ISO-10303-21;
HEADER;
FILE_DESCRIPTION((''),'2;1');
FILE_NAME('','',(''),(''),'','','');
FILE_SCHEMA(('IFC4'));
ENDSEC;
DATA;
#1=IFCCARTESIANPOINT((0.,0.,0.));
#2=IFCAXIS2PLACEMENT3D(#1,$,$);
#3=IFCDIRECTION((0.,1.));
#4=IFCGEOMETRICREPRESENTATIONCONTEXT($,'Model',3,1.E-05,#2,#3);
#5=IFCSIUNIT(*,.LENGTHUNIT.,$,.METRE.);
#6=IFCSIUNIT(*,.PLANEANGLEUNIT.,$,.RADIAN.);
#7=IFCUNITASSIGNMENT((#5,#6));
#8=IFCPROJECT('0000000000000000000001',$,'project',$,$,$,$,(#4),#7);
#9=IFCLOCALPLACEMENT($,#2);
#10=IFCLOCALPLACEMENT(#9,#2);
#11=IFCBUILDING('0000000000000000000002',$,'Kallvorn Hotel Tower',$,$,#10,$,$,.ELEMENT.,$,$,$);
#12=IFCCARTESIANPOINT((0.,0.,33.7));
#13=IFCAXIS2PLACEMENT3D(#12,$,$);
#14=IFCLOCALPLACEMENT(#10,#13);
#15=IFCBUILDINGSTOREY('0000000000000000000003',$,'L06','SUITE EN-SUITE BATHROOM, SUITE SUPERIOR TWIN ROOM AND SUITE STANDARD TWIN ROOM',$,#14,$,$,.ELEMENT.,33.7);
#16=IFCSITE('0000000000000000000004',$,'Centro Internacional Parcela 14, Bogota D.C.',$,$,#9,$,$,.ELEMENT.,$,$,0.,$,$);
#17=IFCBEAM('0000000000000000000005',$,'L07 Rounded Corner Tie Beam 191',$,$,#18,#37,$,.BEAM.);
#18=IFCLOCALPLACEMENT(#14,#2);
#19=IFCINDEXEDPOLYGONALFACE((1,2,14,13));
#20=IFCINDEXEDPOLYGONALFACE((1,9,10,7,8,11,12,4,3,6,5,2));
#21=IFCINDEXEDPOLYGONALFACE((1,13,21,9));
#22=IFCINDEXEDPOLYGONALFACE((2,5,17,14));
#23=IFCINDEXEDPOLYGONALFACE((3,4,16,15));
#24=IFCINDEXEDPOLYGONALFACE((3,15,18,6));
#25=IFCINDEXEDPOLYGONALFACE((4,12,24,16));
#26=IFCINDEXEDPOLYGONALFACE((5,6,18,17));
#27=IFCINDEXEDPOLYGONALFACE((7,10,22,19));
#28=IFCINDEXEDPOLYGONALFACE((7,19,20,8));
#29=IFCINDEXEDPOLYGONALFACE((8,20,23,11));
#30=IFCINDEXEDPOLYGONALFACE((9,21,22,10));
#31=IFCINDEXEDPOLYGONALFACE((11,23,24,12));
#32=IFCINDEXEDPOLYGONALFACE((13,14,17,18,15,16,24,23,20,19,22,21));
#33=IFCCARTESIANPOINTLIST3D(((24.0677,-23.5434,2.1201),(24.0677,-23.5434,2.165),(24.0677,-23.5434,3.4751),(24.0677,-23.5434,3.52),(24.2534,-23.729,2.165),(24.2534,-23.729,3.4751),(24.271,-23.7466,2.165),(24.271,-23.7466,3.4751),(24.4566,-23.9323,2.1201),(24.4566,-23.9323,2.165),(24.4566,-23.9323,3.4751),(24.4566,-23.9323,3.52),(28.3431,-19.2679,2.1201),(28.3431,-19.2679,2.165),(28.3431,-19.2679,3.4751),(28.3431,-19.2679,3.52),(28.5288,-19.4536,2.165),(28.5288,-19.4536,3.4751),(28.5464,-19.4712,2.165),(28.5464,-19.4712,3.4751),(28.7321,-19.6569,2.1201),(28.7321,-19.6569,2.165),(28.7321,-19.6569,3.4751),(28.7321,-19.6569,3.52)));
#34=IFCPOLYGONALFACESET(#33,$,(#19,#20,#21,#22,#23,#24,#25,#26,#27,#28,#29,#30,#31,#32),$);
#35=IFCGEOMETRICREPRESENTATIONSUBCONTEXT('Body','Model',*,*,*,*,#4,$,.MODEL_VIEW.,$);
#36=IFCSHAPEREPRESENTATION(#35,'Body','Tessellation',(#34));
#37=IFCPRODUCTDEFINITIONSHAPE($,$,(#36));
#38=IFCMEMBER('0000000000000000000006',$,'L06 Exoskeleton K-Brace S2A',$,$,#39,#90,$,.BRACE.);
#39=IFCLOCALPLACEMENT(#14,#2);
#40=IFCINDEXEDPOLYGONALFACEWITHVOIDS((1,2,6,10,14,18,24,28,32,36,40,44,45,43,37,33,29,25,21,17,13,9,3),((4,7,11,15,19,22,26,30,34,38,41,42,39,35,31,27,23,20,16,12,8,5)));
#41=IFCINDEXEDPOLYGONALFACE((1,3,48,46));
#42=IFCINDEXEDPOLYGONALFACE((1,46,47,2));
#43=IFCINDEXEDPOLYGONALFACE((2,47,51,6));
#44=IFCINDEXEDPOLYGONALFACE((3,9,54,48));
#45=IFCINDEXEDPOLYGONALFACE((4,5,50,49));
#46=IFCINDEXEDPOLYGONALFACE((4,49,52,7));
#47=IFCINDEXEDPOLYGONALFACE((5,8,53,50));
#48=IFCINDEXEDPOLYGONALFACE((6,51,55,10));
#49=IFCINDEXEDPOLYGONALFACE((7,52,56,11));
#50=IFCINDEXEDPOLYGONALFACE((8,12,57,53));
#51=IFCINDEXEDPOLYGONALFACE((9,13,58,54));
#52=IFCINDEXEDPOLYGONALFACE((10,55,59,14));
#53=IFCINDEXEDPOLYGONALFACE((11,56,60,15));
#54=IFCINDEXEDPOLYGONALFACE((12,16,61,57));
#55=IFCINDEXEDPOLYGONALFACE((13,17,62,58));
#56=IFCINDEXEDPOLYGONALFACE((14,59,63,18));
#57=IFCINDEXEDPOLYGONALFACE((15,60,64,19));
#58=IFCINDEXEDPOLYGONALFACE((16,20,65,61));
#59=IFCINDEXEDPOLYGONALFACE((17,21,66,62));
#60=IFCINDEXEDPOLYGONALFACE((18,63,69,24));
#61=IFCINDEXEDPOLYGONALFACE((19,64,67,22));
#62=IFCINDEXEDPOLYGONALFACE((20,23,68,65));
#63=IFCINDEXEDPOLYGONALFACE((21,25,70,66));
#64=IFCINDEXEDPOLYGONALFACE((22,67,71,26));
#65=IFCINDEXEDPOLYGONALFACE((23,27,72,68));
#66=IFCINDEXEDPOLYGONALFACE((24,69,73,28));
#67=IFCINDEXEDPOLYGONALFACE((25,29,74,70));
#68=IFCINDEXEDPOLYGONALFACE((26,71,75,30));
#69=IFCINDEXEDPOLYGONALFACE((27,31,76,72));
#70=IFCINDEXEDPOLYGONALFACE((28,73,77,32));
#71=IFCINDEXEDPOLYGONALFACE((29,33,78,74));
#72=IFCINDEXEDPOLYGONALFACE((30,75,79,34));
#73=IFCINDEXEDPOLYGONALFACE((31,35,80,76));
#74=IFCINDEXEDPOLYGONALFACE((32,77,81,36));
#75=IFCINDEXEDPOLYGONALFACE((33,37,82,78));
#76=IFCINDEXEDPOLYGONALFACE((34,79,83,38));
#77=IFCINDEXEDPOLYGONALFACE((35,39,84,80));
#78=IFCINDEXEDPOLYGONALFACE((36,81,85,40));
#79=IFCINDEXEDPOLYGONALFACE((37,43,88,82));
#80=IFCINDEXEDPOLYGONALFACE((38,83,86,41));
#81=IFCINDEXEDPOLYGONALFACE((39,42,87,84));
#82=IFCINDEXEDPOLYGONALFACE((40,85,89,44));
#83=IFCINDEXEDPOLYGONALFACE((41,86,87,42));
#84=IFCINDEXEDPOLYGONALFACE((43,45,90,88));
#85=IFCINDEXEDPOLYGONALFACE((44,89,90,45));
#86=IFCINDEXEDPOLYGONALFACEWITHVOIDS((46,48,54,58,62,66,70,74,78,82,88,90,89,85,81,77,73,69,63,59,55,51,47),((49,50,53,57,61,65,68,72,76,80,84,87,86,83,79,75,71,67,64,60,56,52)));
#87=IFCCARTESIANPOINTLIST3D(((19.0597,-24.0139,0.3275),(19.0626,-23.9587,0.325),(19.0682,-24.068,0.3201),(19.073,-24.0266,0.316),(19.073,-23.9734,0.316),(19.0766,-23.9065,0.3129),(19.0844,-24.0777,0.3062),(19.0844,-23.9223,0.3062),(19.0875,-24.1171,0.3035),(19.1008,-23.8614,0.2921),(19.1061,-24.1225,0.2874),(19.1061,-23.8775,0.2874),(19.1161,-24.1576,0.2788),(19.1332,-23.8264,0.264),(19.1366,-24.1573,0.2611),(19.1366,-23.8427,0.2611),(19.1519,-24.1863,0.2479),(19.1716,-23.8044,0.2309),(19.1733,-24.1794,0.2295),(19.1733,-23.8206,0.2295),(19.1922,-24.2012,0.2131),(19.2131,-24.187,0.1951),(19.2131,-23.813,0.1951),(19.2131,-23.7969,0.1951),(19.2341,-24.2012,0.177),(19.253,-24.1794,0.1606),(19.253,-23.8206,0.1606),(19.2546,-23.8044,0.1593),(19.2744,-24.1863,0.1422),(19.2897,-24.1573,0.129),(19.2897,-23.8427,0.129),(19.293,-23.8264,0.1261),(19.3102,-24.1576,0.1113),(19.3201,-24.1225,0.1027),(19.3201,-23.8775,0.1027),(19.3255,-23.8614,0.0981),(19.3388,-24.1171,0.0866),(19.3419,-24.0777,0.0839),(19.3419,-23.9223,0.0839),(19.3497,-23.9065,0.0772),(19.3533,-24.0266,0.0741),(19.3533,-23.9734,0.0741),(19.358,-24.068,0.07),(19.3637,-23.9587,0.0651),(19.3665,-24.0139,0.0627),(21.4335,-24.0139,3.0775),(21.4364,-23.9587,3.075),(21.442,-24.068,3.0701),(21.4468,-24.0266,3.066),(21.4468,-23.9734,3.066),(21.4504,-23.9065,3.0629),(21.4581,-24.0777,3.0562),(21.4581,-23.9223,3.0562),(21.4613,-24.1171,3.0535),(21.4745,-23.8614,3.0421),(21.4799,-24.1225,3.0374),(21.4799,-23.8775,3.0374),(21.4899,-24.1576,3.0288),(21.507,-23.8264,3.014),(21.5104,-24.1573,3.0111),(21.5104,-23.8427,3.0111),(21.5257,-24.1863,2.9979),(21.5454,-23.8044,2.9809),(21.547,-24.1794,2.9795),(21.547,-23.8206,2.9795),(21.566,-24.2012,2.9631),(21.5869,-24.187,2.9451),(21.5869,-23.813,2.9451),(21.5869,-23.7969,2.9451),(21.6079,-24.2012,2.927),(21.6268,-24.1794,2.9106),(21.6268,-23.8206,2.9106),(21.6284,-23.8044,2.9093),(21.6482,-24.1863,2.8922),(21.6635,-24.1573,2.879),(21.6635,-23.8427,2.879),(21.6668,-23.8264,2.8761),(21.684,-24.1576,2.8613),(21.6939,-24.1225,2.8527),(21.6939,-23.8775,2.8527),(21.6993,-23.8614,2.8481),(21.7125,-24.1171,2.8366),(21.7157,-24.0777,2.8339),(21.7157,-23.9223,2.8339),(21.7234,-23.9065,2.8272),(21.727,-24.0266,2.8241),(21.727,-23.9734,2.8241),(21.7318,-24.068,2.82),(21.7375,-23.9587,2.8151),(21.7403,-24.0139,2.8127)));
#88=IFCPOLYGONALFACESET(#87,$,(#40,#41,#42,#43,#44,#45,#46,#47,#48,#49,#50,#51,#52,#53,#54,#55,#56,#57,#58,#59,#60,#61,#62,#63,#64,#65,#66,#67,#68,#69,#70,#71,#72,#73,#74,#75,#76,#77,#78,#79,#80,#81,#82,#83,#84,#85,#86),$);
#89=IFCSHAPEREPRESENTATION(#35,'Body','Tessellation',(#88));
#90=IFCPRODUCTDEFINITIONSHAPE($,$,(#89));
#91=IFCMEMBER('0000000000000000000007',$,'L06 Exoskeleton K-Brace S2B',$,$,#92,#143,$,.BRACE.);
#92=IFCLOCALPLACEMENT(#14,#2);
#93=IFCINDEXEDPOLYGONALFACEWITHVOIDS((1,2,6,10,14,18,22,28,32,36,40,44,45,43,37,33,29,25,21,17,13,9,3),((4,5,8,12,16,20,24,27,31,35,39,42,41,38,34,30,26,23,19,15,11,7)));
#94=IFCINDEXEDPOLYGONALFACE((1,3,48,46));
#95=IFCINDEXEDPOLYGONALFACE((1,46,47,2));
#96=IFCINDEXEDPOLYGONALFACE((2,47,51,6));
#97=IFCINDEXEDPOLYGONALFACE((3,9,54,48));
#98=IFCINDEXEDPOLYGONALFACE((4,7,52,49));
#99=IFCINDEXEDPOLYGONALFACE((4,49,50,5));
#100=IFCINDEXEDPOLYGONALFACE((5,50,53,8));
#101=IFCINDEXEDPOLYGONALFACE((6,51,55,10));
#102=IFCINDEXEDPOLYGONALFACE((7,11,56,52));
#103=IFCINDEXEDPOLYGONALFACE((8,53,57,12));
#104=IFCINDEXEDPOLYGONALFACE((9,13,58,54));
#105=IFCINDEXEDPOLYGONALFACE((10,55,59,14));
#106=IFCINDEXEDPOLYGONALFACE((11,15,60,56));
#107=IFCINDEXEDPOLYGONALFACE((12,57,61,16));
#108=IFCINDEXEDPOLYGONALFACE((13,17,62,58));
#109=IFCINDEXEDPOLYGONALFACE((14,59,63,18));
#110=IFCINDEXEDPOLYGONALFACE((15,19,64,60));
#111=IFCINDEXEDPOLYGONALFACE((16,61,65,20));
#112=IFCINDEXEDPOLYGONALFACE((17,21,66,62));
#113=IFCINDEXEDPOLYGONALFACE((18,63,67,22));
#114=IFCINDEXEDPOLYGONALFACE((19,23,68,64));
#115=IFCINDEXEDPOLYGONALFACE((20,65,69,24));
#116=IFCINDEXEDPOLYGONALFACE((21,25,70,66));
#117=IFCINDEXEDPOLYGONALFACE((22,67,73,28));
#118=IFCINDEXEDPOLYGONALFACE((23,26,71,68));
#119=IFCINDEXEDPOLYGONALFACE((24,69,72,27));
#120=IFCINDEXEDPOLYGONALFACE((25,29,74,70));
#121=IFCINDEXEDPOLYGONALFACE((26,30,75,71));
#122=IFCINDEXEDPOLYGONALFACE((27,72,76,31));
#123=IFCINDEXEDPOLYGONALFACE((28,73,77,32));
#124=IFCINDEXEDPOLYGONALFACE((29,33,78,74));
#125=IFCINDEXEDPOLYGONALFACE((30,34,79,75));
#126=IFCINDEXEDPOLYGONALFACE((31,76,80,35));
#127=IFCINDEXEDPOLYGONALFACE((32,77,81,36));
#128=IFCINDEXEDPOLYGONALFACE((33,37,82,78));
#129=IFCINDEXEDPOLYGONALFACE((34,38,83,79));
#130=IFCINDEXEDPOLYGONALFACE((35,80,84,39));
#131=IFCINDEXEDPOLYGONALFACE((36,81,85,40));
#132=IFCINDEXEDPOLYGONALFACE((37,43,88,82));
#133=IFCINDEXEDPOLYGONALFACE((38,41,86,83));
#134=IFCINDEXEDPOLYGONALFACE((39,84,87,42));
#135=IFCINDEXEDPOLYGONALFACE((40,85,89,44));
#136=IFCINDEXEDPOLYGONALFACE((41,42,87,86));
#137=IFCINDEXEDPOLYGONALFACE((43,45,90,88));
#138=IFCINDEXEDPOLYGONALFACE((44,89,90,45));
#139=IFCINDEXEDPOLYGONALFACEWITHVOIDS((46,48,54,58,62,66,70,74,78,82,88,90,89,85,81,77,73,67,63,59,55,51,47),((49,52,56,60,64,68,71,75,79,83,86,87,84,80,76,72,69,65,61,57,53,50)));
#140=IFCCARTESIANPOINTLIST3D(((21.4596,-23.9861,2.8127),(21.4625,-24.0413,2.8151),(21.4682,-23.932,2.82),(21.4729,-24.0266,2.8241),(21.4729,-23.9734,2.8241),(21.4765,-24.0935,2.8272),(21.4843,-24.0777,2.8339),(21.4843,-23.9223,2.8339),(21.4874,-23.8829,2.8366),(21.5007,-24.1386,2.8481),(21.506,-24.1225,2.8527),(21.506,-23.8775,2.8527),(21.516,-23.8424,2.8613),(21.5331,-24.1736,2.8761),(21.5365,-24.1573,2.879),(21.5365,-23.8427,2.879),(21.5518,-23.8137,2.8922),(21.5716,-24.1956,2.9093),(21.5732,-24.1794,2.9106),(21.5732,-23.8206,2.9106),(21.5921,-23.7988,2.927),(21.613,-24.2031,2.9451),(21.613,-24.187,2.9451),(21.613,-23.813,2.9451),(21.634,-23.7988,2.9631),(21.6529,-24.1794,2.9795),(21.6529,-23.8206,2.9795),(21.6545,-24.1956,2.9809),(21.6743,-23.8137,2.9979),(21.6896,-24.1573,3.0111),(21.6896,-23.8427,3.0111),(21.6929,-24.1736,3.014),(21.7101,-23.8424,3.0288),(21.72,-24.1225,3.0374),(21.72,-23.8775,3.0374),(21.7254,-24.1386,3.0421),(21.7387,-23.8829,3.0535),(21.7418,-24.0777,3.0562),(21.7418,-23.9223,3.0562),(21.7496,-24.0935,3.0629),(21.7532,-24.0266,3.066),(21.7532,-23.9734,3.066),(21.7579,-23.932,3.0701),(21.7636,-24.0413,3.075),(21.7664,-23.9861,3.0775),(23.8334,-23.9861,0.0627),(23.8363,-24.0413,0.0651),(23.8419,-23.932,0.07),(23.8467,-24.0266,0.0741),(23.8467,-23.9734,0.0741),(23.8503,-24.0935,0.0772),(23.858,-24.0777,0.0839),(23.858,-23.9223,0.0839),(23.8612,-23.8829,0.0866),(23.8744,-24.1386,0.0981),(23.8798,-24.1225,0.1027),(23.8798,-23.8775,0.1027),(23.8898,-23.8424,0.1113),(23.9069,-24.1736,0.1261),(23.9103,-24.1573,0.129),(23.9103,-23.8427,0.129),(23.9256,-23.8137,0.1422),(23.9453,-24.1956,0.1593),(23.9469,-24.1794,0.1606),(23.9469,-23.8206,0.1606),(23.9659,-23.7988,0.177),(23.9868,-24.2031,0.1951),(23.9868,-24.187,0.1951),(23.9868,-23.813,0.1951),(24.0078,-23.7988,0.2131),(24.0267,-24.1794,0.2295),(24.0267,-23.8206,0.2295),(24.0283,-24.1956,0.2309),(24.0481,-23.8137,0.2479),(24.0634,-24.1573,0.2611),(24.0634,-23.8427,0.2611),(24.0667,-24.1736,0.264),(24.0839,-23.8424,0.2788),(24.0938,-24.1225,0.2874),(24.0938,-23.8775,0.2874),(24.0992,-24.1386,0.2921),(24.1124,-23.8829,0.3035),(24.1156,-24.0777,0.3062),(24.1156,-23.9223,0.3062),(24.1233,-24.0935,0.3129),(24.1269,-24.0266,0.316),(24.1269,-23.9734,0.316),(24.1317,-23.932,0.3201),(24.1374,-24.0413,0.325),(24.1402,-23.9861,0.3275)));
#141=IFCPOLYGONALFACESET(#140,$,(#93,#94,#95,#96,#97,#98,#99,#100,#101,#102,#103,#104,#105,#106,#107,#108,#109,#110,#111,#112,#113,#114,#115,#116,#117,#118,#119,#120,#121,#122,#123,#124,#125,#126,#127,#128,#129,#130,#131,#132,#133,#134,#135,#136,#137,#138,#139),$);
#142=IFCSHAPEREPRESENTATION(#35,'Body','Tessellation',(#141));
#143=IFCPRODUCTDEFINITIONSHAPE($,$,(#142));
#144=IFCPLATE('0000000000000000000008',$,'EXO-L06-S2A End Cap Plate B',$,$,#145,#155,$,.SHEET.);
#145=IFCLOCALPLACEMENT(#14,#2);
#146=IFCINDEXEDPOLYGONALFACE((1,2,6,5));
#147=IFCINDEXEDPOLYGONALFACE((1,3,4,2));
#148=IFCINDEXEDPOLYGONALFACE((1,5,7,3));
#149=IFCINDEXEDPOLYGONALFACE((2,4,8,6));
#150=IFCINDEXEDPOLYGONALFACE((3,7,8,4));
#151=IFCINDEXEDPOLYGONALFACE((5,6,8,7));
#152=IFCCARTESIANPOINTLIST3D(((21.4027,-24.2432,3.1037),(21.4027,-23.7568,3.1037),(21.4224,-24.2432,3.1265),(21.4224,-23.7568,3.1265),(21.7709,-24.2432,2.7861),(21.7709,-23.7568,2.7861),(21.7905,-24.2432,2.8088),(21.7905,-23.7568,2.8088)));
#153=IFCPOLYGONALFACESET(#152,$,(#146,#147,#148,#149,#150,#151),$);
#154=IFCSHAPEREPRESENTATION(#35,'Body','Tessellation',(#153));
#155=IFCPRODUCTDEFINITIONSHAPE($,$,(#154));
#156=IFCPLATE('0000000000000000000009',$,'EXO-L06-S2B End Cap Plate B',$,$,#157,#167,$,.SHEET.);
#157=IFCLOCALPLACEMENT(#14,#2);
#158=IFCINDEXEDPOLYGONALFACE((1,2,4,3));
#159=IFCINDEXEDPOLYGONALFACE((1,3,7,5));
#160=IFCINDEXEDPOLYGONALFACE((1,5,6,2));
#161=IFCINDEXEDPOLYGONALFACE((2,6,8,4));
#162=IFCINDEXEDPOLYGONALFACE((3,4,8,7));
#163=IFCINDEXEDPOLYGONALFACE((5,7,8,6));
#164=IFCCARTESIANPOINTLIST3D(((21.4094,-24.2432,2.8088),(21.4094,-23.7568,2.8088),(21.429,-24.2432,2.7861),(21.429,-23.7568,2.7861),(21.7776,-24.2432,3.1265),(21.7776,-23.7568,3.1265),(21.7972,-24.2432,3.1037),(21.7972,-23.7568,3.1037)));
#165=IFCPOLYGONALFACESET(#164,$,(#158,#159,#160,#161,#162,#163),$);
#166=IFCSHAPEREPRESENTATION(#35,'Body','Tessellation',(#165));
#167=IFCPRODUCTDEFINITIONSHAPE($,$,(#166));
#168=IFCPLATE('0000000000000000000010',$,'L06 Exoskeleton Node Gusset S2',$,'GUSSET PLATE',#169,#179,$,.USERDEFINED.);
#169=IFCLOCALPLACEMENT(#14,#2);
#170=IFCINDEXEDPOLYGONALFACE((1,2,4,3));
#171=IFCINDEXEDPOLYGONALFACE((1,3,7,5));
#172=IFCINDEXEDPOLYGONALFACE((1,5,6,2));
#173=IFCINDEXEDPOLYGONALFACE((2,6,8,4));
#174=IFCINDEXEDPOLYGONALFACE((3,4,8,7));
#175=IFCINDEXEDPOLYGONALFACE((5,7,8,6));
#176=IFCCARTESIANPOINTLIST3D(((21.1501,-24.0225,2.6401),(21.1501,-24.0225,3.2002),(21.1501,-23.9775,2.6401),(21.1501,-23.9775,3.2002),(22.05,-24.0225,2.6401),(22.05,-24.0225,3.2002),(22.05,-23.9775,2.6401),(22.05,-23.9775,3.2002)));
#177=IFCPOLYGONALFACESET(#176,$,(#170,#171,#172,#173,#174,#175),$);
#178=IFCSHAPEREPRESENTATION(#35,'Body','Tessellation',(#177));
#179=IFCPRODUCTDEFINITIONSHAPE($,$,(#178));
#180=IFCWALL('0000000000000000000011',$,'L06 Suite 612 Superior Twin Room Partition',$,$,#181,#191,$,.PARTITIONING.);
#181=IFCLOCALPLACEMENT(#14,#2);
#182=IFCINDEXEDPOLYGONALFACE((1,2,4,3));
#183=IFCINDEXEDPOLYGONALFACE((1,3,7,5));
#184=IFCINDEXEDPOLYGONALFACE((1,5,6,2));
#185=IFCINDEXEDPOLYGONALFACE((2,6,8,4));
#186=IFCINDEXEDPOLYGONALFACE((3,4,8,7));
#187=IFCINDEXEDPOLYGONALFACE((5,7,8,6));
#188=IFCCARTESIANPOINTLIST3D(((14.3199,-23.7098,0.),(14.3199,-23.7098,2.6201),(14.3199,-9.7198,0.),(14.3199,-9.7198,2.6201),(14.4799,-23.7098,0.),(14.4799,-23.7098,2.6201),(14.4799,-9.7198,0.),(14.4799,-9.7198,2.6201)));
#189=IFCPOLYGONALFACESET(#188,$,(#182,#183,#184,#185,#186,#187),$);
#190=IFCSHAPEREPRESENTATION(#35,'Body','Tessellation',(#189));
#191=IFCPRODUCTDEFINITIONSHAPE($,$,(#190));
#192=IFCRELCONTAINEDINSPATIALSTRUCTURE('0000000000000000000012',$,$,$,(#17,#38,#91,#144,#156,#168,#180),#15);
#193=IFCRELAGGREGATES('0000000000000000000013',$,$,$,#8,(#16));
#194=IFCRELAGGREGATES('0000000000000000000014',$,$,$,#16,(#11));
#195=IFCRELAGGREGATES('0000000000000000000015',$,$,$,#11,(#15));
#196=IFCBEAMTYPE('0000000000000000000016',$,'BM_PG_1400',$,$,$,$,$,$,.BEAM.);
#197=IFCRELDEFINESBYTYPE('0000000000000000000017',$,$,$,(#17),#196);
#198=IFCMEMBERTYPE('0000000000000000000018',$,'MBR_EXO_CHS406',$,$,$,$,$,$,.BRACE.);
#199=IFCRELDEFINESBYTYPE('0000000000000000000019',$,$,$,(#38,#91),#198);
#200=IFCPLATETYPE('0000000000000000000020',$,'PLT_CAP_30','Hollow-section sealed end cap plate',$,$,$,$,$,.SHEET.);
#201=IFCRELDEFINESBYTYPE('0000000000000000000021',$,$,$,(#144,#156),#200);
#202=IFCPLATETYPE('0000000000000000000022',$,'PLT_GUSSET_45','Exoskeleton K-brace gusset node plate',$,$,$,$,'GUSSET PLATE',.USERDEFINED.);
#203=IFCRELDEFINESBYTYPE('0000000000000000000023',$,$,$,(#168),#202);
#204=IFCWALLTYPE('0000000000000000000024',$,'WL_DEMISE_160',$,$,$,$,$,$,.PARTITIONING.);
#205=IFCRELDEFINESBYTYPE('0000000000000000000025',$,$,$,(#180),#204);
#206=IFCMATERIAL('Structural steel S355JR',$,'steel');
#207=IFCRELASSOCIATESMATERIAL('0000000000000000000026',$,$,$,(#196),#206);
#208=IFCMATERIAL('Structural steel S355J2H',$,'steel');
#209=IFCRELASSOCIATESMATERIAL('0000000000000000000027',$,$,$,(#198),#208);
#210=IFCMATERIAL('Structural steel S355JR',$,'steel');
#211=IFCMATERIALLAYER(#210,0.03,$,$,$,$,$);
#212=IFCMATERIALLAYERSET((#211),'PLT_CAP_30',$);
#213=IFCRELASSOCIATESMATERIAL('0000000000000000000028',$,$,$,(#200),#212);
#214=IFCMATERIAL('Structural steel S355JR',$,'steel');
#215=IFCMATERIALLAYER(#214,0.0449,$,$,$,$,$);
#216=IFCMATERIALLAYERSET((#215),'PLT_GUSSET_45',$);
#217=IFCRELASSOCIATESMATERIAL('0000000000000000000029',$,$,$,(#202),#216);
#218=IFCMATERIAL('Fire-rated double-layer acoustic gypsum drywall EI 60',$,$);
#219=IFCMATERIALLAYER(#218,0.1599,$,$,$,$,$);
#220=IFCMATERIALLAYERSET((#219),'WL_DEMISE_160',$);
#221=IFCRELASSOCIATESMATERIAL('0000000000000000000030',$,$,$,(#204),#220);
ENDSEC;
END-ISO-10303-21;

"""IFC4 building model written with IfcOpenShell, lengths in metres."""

from ifc_helpers import new_model, si_unit, direction, frame, frame_2d, origin, origin_2d, place, context, subcontext, project, spatial, polyline, rectangle, hollow_circle, i_section, outline, extrude, material, layer, layer_set, material_profile, profile_set, type_object, element, save


model = new_model("IFC4")

# Units and contexts
model_context = context("Model", 3, precision=1e-05, world=origin(), true_north=direction((0.0, 1.0)))
body_context = subcontext(model_context, "Body", "Model", "MODEL_VIEW")
ifc_project = project(units=[si_unit("LENGTHUNIT", "METRE"), si_unit("PLANEANGLEUNIT", "RADIAN")], contexts=[model_context])

# Site, building, storey
site_placement = place(None, origin())
site = spatial("IfcSite", under=ifc_project, at=site_placement, Name="Centro Internacional Parcela 14, Bogota D.C.", CompositionType="ELEMENT", RefElevation=0.0)
building_placement = place(site_placement, origin())
building = spatial("IfcBuilding", under=site, at=building_placement, Name="Kallvorn Hotel Tower", CompositionType="ELEMENT")
storey_placement = place(building_placement, frame((0.0, 0.0, 33.7)))
storey = spatial("IfcBuildingStorey", under=building, at=storey_placement, Name="L06", Description="SUITE EN-SUITE BATHROOM, SUITE SUPERIOR TWIN ROOM AND SUITE STANDARD TWIN ROOM", CompositionType="ELEMENT", Elevation=33.7)

# Beam
ifc_material_1 = material(Name="Structural steel S355JR", Category="steel")
ifc_material_profile_1 = material_profile(ifc_material_1, i_section(OverallWidth=0.55, OverallDepth=1.3999, WebThickness=0.0249, FlangeThickness=0.0449, at=origin_2d()), Name="PG 1400x550x25x45")
ifc_profile_set_1 = profile_set([ifc_material_profile_1], Name="Structural steel S355JR")
beam_type_1 = type_object("IfcBeamType", Name="BM_PG_1400", PredefinedType="BEAM", material=ifc_profile_set_1)
beam_1_placement = place(storey_placement, frame((28.5376, -19.4624, 2.8201), z_axis=(-0.707107, -0.707107, 0.0), x_axis=(0.707107, -0.707107, 0.0)))
element("IfcBeam", 1, at=beam_1_placement, inside=storey, type_object=beam_type_1, Name="L07 Rounded Corner Tie Beam 191", PredefinedType="BEAM", context=body_context, shape_type="SweptSolid", body=[
    extrude(i_section(OverallWidth=0.55, OverallDepth=1.3999, WebThickness=0.0249, FlangeThickness=0.0449, at=origin_2d()), origin(), (0.0, 0.0, 1.0), 6.0464),
])

# Members
ifc_material_2 = material(Name="Structural steel S355J2H", Category="steel")
ifc_material_profile_2 = material_profile(ifc_material_2, hollow_circle(Radius=0.2031, WallThickness=0.0161, at=origin_2d()), Name="CHS 406.4x16")
ifc_profile_set_2 = profile_set([ifc_material_profile_2], Name="Structural steel S355J2H")
member_type = type_object("IfcMemberType", Name="MBR_EXO_CHS406", PredefinedType="BRACE", material=ifc_profile_set_2)
for number, where, z_axis, x_axis, name in (
    (2, (19.2131, -24.0, 0.1951), (0.653427, 0.0, 0.756989), (0.0, 1.0, 0.0), "L06 Exoskeleton K-Brace S2A"),
    (3, (23.9868, -24.0, 0.1951), (-0.653427, 0.0, 0.756989), (0.0, -1.0, 0.0), "L06 Exoskeleton K-Brace S2B"),
):
    element("IfcMember", number, at=place(storey_placement, frame(where, z_axis=z_axis, x_axis=x_axis)), inside=storey, type_object=member_type, Name=name, PredefinedType="BRACE", context=body_context, shape_type="SweptSolid", body=[
        extrude(hollow_circle(Radius=0.2031, WallThickness=0.0161, at=origin_2d()), origin(), (0.0, 0.0, 1.0), 3.6328),
    ])

# Plates
ifc_material_3 = material(Name="Structural steel S355JR", Category="steel")
ifc_layer_1 = layer(ifc_material_3, 0.03)
ifc_layer_set_1 = layer_set([ifc_layer_1], Name="PLT_CAP_30")
plate_type_1 = type_object("IfcPlateType", Name="PLT_CAP_30", Description="Hollow-section sealed end cap plate", PredefinedType="SHEET", material=ifc_layer_set_1)
for number, where, z_axis, x_axis, name in (
    (4, (21.7905, -24.2432, 2.8088), (0.653228, 0.0, 0.757162), (0.0, 1.0, 0.0), "EXO-L06-S2A End Cap Plate B"),
    (5, (21.4094, -23.7568, 2.8088), (-0.653228, 0.0, 0.757162), (0.0, -1.0, 0.0), "EXO-L06-S2B End Cap Plate B"),
):
    element("IfcPlate", number, at=place(storey_placement, frame(where, z_axis=z_axis, x_axis=x_axis)), inside=storey, type_object=plate_type_1, Name=name, PredefinedType="SHEET", context=body_context, shape_type="SweptSolid", body=[
        extrude(outline(polyline([(0.0, 0.0), (0.4863, 0.0), (0.4863, 0.4862), (0.0, 0.4862), (0.0, 0.0)])), origin(), (0.0, 0.0, -1.0), 0.03),
    ])
ifc_material_4 = material(Name="Structural steel S355JR", Category="steel")
ifc_layer_2 = layer(ifc_material_4, 0.0449)
ifc_layer_set_2 = layer_set([ifc_layer_2], Name="PLT_GUSSET_45")
plate_type_2 = type_object("IfcPlateType", Name="PLT_GUSSET_45", Description="Exoskeleton K-brace gusset node plate", ElementType="GUSSET PLATE", PredefinedType="USERDEFINED", material=ifc_layer_set_2)
plate_placement = place(storey_placement, frame((21.6001, -24.0, 2.6401), z_axis=(0.0, 0.0, 1.0), x_axis=(1.0, 0.0, 0.0)))
element("IfcPlate", 6, at=plate_placement, inside=storey, type_object=plate_type_2, Name="L06 Exoskeleton Node Gusset S2", ObjectType="GUSSET PLATE", PredefinedType="USERDEFINED", context=body_context, shape_type="SweptSolid", body=[
    extrude(rectangle(XDim=0.8999, YDim=0.0449, at=origin_2d()), origin(), (0.0, 0.0, 1.0), 0.5601),
])

# Wall
ifc_material_5 = material(Name="Fire-rated double-layer acoustic gypsum drywall EI 60")
ifc_layer_3 = layer(ifc_material_5, 0.1599)
ifc_layer_set_3 = layer_set([ifc_layer_3], Name="WL_DEMISE_160")
wall_type_1 = type_object("IfcWallType", Name="WL_DEMISE_160", PredefinedType="PARTITIONING", material=ifc_layer_set_3)
for number, where, z_axis, x_axis, name in (
    (7, (14.3999, -23.71, 0.0), (0.0, 0.0, 1.0), (0.0, 1.0, 0.0), "L06 Suite 612 Superior Twin Room Partition"),
):
    element("IfcWall", number, at=place(storey_placement, frame(where, z_axis=z_axis, x_axis=x_axis)), inside=storey, type_object=wall_type_1, Name=name, PredefinedType="PARTITIONING", context=body_context, shape_type="SweptSolid", body=[
        extrude(rectangle(XDim=13.99, YDim=0.1599, at=frame_2d((6.9951, 0.0))), origin(), (0.0, 0.0, 1.0), 2.6201),
    ])

save(model, "model.ifc")
